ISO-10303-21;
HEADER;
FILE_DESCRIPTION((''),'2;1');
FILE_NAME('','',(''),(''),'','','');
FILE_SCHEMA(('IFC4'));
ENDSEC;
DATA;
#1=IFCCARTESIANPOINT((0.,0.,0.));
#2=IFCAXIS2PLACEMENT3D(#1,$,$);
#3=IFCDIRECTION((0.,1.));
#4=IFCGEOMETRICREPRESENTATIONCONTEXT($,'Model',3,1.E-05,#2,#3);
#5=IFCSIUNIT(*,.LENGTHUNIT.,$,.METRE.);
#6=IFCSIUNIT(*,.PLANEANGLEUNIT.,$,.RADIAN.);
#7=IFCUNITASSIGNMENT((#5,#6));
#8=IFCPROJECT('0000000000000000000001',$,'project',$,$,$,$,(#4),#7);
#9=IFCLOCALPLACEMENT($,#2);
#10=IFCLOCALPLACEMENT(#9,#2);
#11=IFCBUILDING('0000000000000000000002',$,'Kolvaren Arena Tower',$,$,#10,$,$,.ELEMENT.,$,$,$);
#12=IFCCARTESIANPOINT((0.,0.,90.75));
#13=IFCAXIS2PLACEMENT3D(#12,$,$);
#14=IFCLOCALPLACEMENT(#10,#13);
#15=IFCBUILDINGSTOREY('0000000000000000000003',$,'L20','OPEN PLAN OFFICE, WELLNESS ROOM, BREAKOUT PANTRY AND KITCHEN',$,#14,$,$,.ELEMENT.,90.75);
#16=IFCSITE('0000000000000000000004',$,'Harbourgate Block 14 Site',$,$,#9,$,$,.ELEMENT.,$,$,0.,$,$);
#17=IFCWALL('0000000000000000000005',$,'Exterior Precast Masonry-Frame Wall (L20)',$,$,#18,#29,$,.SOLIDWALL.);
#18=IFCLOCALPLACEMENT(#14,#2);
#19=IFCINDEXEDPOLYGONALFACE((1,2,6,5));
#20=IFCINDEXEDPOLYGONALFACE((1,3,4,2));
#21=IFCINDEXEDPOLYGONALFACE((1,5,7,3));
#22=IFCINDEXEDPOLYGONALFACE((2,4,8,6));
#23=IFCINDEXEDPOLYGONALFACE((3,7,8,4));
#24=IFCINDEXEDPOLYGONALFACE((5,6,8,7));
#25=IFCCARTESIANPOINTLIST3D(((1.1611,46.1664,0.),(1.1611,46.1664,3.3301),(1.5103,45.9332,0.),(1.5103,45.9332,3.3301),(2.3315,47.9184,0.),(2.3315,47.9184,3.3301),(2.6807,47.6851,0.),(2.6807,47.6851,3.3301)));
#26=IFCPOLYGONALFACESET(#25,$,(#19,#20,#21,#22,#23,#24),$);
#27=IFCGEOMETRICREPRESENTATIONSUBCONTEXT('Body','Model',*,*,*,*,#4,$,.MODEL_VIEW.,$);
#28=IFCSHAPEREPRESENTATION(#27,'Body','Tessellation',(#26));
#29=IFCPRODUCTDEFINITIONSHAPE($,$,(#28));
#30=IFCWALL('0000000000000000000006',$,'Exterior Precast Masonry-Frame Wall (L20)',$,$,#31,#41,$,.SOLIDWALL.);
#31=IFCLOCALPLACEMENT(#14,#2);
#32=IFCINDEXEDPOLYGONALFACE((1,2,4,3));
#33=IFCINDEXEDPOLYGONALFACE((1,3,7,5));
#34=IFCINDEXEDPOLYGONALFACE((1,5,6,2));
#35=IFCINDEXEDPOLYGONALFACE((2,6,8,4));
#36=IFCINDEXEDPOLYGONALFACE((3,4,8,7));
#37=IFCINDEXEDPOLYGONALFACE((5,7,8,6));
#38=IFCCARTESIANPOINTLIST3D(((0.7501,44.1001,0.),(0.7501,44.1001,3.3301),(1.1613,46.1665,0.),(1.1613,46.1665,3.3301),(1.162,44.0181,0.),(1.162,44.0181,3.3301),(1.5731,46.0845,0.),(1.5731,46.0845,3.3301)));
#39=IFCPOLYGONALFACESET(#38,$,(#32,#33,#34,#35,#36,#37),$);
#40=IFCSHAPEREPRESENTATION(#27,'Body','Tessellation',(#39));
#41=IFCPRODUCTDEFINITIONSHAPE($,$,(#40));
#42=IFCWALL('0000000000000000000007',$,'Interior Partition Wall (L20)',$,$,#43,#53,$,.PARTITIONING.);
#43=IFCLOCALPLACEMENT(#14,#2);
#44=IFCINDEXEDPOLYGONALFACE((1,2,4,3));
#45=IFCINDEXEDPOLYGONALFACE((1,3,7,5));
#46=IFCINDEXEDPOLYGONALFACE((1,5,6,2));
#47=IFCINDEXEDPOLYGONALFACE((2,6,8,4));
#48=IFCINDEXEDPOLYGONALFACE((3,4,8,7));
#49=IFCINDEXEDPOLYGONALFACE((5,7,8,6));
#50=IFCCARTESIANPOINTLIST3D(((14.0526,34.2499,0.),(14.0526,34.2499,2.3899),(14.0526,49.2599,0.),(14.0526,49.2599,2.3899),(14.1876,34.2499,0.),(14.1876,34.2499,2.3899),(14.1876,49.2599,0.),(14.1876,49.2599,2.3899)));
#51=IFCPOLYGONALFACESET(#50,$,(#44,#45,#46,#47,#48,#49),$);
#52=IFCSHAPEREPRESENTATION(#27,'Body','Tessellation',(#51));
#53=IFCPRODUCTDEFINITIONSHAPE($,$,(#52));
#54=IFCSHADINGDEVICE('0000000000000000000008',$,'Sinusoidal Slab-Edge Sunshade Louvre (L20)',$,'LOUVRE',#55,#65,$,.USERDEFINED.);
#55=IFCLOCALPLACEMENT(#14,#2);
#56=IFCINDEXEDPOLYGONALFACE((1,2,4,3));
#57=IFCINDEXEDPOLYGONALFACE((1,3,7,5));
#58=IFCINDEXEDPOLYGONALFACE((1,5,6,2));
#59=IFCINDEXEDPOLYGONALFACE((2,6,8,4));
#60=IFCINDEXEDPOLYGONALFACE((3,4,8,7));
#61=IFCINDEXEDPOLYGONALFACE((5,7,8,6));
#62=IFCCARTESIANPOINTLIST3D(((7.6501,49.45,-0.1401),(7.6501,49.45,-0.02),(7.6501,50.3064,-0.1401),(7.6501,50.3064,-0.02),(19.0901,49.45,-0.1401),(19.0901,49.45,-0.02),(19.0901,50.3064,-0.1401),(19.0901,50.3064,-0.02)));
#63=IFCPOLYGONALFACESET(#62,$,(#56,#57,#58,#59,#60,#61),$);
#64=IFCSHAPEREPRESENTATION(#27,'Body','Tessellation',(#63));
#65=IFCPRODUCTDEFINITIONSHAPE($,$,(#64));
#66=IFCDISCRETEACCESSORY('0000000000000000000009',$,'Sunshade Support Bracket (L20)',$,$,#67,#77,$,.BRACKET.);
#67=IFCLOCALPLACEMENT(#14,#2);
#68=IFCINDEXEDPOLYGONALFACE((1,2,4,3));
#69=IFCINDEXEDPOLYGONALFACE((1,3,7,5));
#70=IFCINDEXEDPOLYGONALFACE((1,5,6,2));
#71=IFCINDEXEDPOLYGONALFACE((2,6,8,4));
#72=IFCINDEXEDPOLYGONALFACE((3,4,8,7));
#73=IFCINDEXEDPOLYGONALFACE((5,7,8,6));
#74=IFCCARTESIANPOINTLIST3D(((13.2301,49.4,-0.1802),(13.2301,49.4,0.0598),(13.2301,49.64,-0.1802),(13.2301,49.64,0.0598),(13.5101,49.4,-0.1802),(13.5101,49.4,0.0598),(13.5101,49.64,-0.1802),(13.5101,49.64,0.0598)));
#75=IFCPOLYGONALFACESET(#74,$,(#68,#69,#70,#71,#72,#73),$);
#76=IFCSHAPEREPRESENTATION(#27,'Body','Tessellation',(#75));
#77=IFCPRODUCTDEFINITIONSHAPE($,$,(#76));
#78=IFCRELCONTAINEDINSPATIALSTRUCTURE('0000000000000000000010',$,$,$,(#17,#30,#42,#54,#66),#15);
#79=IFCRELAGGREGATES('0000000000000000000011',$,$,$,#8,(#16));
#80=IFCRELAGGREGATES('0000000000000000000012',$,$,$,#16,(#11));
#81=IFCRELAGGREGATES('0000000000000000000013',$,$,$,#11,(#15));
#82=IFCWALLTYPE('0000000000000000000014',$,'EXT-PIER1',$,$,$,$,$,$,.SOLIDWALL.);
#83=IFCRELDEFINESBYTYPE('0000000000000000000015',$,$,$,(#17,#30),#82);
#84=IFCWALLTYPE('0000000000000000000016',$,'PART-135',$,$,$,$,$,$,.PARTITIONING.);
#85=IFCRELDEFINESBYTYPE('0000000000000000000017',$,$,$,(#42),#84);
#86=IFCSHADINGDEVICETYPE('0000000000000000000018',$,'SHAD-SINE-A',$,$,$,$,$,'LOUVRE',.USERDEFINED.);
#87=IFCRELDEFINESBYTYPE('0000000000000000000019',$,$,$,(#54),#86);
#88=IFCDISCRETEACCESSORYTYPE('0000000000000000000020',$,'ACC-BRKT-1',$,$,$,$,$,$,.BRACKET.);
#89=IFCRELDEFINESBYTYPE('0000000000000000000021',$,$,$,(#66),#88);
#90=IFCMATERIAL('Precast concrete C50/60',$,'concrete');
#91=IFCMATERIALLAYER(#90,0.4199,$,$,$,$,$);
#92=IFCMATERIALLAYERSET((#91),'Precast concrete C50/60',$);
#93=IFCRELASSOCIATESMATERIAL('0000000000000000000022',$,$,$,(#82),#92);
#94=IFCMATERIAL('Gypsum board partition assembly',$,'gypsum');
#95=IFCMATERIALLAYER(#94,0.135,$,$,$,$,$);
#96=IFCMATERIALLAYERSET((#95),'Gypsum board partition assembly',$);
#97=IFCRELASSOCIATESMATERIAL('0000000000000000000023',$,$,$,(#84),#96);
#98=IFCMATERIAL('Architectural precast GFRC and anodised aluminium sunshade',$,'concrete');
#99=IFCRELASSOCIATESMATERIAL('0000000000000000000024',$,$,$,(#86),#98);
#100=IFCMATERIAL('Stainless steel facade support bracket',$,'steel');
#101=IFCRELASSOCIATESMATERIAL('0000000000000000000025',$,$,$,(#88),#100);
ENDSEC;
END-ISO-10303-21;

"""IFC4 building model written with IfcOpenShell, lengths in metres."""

from ifc_helpers import new_model, si_unit, direction, frame, frame_2d, origin, origin_2d, place, context, subcontext, project, spatial, rectangle, extrude, material, layer, layer_set, type_object, element, save


model = new_model("IFC4")

# Units and contexts
model_context = context("Model", 3, precision=1e-05, world=origin(), true_north=direction((0.0, 1.0)))
body_context = subcontext(model_context, "Body", "Model", "MODEL_VIEW")
ifc_project = project(units=[si_unit("LENGTHUNIT", "METRE"), si_unit("PLANEANGLEUNIT", "RADIAN")], contexts=[model_context])

# Site, building, storey
site_placement = place(None, origin())
site = spatial("IfcSite", under=ifc_project, at=site_placement, Name="Harbourgate Block 14 Site", CompositionType="ELEMENT", RefElevation=0.0)
building_placement = place(site_placement, origin())
building = spatial("IfcBuilding", under=site, at=building_placement, Name="Kolvaren Arena Tower", CompositionType="ELEMENT")
storey_placement = place(building_placement, frame((0.0, 0.0, 90.75)))
storey = spatial("IfcBuildingStorey", under=building, at=storey_placement, Name="L20", Description="OPEN PLAN OFFICE, WELLNESS ROOM, BREAKOUT PANTRY AND KITCHEN", CompositionType="ELEMENT", Elevation=90.75)

# Shared definitions
ifc_material_1 = material(Name="Precast concrete C50/60", Category="concrete")
ifc_layer_1 = layer(ifc_material_1, 0.4199)
ifc_layer_set_1 = layer_set([ifc_layer_1], Name="Precast concrete C50/60")
wall_type_1 = type_object("IfcWallType", Name="EXT-PIER1", PredefinedType="SOLIDWALL", material=ifc_layer_set_1)

# Walls
for number, where, z_axis, x_axis, name in (
    (1, (1.3357, 46.0498, 0.0), (0.0, 0.0, 1.0), (0.555502, 0.831515, 0.0), "Exterior Precast Masonry-Frame Wall (L20)"),
    (2, (0.9561, 44.0591, 0.0), (0.0, 0.0, 1.0), (0.195136, 0.980776, 0.0), "Exterior Precast Masonry-Frame Wall (L20)"),
):
    element("IfcWall", number, at=place(storey_placement, frame(where, z_axis=z_axis, x_axis=x_axis)), inside=storey, type_object=wall_type_1, Name=name, PredefinedType="SOLIDWALL", context=body_context, shape_type="SweptSolid", body=[
        extrude(rectangle(XDim=2.1069, YDim=0.4199, at=frame_2d((1.0535, 0.0))), origin(), (0.0, 0.0, 1.0), 3.3301),
    ])
ifc_material_2 = material(Name="Gypsum board partition assembly", Category="gypsum")
ifc_layer_2 = layer(ifc_material_2, 0.135)
ifc_layer_set_2 = layer_set([ifc_layer_2], Name="Gypsum board partition assembly")
wall_type_2 = type_object("IfcWallType", Name="PART-135", PredefinedType="PARTITIONING", material=ifc_layer_set_2)
wall_1_placement = place(storey_placement, frame((14.1201, 34.25, 0.0), z_axis=(0.0, 0.0, 1.0), x_axis=(0.0, 1.0, 0.0)))
element("IfcWall", 3, at=wall_1_placement, inside=storey, type_object=wall_type_2, Name="Interior Partition Wall (L20)", PredefinedType="PARTITIONING", context=body_context, shape_type="SweptSolid", body=[
    extrude(rectangle(XDim=15.01, YDim=0.135, at=frame_2d((7.5049, 0.0))), origin(), (0.0, 0.0, 1.0), 2.3899),
])

# Shading device
ifc_material_3 = material(Name="Architectural precast GFRC and anodised aluminium sunshade", Category="concrete")
shading_device_type = type_object("IfcShadingDeviceType", Name="SHAD-SINE-A", ElementType="LOUVRE", PredefinedType="USERDEFINED", material=ifc_material_3)
shading_device_placement = place(storey_placement, frame((13.3701, 49.8782, -0.1401), z_axis=(0.0, 0.0, 1.0), x_axis=(1.0, 0.0, 0.0)))
element("IfcShadingDevice", 4, at=shading_device_placement, inside=storey, type_object=shading_device_type, Name="Sinusoidal Slab-Edge Sunshade Louvre (L20)", ObjectType="LOUVRE", PredefinedType="USERDEFINED", context=body_context, shape_type="SweptSolid", body=[
    extrude(rectangle(XDim=11.4399, YDim=0.8564, at=origin_2d()), origin(), (0.0, 0.0, 1.0), 0.1201),
])

# Discrete accessory
ifc_material_4 = material(Name="Stainless steel facade support bracket", Category="steel")
discrete_accessory_type = type_object("IfcDiscreteAccessoryType", Name="ACC-BRKT-1", PredefinedType="BRACKET", material=ifc_material_4)
discrete_accessory_placement = place(storey_placement, frame((13.3701, 49.52, -0.1802), z_axis=(0.0, 0.0, 1.0), x_axis=(1.0, 0.0, 0.0)))
element("IfcDiscreteAccessory", 5, at=discrete_accessory_placement, inside=storey, type_object=discrete_accessory_type, Name="Sunshade Support Bracket (L20)", PredefinedType="BRACKET", context=body_context, shape_type="SweptSolid", body=[
    extrude(rectangle(XDim=0.28, YDim=0.24, at=origin_2d()), origin(), (0.0, 0.0, 1.0), 0.24),
])

save(model, "model.ifc")
